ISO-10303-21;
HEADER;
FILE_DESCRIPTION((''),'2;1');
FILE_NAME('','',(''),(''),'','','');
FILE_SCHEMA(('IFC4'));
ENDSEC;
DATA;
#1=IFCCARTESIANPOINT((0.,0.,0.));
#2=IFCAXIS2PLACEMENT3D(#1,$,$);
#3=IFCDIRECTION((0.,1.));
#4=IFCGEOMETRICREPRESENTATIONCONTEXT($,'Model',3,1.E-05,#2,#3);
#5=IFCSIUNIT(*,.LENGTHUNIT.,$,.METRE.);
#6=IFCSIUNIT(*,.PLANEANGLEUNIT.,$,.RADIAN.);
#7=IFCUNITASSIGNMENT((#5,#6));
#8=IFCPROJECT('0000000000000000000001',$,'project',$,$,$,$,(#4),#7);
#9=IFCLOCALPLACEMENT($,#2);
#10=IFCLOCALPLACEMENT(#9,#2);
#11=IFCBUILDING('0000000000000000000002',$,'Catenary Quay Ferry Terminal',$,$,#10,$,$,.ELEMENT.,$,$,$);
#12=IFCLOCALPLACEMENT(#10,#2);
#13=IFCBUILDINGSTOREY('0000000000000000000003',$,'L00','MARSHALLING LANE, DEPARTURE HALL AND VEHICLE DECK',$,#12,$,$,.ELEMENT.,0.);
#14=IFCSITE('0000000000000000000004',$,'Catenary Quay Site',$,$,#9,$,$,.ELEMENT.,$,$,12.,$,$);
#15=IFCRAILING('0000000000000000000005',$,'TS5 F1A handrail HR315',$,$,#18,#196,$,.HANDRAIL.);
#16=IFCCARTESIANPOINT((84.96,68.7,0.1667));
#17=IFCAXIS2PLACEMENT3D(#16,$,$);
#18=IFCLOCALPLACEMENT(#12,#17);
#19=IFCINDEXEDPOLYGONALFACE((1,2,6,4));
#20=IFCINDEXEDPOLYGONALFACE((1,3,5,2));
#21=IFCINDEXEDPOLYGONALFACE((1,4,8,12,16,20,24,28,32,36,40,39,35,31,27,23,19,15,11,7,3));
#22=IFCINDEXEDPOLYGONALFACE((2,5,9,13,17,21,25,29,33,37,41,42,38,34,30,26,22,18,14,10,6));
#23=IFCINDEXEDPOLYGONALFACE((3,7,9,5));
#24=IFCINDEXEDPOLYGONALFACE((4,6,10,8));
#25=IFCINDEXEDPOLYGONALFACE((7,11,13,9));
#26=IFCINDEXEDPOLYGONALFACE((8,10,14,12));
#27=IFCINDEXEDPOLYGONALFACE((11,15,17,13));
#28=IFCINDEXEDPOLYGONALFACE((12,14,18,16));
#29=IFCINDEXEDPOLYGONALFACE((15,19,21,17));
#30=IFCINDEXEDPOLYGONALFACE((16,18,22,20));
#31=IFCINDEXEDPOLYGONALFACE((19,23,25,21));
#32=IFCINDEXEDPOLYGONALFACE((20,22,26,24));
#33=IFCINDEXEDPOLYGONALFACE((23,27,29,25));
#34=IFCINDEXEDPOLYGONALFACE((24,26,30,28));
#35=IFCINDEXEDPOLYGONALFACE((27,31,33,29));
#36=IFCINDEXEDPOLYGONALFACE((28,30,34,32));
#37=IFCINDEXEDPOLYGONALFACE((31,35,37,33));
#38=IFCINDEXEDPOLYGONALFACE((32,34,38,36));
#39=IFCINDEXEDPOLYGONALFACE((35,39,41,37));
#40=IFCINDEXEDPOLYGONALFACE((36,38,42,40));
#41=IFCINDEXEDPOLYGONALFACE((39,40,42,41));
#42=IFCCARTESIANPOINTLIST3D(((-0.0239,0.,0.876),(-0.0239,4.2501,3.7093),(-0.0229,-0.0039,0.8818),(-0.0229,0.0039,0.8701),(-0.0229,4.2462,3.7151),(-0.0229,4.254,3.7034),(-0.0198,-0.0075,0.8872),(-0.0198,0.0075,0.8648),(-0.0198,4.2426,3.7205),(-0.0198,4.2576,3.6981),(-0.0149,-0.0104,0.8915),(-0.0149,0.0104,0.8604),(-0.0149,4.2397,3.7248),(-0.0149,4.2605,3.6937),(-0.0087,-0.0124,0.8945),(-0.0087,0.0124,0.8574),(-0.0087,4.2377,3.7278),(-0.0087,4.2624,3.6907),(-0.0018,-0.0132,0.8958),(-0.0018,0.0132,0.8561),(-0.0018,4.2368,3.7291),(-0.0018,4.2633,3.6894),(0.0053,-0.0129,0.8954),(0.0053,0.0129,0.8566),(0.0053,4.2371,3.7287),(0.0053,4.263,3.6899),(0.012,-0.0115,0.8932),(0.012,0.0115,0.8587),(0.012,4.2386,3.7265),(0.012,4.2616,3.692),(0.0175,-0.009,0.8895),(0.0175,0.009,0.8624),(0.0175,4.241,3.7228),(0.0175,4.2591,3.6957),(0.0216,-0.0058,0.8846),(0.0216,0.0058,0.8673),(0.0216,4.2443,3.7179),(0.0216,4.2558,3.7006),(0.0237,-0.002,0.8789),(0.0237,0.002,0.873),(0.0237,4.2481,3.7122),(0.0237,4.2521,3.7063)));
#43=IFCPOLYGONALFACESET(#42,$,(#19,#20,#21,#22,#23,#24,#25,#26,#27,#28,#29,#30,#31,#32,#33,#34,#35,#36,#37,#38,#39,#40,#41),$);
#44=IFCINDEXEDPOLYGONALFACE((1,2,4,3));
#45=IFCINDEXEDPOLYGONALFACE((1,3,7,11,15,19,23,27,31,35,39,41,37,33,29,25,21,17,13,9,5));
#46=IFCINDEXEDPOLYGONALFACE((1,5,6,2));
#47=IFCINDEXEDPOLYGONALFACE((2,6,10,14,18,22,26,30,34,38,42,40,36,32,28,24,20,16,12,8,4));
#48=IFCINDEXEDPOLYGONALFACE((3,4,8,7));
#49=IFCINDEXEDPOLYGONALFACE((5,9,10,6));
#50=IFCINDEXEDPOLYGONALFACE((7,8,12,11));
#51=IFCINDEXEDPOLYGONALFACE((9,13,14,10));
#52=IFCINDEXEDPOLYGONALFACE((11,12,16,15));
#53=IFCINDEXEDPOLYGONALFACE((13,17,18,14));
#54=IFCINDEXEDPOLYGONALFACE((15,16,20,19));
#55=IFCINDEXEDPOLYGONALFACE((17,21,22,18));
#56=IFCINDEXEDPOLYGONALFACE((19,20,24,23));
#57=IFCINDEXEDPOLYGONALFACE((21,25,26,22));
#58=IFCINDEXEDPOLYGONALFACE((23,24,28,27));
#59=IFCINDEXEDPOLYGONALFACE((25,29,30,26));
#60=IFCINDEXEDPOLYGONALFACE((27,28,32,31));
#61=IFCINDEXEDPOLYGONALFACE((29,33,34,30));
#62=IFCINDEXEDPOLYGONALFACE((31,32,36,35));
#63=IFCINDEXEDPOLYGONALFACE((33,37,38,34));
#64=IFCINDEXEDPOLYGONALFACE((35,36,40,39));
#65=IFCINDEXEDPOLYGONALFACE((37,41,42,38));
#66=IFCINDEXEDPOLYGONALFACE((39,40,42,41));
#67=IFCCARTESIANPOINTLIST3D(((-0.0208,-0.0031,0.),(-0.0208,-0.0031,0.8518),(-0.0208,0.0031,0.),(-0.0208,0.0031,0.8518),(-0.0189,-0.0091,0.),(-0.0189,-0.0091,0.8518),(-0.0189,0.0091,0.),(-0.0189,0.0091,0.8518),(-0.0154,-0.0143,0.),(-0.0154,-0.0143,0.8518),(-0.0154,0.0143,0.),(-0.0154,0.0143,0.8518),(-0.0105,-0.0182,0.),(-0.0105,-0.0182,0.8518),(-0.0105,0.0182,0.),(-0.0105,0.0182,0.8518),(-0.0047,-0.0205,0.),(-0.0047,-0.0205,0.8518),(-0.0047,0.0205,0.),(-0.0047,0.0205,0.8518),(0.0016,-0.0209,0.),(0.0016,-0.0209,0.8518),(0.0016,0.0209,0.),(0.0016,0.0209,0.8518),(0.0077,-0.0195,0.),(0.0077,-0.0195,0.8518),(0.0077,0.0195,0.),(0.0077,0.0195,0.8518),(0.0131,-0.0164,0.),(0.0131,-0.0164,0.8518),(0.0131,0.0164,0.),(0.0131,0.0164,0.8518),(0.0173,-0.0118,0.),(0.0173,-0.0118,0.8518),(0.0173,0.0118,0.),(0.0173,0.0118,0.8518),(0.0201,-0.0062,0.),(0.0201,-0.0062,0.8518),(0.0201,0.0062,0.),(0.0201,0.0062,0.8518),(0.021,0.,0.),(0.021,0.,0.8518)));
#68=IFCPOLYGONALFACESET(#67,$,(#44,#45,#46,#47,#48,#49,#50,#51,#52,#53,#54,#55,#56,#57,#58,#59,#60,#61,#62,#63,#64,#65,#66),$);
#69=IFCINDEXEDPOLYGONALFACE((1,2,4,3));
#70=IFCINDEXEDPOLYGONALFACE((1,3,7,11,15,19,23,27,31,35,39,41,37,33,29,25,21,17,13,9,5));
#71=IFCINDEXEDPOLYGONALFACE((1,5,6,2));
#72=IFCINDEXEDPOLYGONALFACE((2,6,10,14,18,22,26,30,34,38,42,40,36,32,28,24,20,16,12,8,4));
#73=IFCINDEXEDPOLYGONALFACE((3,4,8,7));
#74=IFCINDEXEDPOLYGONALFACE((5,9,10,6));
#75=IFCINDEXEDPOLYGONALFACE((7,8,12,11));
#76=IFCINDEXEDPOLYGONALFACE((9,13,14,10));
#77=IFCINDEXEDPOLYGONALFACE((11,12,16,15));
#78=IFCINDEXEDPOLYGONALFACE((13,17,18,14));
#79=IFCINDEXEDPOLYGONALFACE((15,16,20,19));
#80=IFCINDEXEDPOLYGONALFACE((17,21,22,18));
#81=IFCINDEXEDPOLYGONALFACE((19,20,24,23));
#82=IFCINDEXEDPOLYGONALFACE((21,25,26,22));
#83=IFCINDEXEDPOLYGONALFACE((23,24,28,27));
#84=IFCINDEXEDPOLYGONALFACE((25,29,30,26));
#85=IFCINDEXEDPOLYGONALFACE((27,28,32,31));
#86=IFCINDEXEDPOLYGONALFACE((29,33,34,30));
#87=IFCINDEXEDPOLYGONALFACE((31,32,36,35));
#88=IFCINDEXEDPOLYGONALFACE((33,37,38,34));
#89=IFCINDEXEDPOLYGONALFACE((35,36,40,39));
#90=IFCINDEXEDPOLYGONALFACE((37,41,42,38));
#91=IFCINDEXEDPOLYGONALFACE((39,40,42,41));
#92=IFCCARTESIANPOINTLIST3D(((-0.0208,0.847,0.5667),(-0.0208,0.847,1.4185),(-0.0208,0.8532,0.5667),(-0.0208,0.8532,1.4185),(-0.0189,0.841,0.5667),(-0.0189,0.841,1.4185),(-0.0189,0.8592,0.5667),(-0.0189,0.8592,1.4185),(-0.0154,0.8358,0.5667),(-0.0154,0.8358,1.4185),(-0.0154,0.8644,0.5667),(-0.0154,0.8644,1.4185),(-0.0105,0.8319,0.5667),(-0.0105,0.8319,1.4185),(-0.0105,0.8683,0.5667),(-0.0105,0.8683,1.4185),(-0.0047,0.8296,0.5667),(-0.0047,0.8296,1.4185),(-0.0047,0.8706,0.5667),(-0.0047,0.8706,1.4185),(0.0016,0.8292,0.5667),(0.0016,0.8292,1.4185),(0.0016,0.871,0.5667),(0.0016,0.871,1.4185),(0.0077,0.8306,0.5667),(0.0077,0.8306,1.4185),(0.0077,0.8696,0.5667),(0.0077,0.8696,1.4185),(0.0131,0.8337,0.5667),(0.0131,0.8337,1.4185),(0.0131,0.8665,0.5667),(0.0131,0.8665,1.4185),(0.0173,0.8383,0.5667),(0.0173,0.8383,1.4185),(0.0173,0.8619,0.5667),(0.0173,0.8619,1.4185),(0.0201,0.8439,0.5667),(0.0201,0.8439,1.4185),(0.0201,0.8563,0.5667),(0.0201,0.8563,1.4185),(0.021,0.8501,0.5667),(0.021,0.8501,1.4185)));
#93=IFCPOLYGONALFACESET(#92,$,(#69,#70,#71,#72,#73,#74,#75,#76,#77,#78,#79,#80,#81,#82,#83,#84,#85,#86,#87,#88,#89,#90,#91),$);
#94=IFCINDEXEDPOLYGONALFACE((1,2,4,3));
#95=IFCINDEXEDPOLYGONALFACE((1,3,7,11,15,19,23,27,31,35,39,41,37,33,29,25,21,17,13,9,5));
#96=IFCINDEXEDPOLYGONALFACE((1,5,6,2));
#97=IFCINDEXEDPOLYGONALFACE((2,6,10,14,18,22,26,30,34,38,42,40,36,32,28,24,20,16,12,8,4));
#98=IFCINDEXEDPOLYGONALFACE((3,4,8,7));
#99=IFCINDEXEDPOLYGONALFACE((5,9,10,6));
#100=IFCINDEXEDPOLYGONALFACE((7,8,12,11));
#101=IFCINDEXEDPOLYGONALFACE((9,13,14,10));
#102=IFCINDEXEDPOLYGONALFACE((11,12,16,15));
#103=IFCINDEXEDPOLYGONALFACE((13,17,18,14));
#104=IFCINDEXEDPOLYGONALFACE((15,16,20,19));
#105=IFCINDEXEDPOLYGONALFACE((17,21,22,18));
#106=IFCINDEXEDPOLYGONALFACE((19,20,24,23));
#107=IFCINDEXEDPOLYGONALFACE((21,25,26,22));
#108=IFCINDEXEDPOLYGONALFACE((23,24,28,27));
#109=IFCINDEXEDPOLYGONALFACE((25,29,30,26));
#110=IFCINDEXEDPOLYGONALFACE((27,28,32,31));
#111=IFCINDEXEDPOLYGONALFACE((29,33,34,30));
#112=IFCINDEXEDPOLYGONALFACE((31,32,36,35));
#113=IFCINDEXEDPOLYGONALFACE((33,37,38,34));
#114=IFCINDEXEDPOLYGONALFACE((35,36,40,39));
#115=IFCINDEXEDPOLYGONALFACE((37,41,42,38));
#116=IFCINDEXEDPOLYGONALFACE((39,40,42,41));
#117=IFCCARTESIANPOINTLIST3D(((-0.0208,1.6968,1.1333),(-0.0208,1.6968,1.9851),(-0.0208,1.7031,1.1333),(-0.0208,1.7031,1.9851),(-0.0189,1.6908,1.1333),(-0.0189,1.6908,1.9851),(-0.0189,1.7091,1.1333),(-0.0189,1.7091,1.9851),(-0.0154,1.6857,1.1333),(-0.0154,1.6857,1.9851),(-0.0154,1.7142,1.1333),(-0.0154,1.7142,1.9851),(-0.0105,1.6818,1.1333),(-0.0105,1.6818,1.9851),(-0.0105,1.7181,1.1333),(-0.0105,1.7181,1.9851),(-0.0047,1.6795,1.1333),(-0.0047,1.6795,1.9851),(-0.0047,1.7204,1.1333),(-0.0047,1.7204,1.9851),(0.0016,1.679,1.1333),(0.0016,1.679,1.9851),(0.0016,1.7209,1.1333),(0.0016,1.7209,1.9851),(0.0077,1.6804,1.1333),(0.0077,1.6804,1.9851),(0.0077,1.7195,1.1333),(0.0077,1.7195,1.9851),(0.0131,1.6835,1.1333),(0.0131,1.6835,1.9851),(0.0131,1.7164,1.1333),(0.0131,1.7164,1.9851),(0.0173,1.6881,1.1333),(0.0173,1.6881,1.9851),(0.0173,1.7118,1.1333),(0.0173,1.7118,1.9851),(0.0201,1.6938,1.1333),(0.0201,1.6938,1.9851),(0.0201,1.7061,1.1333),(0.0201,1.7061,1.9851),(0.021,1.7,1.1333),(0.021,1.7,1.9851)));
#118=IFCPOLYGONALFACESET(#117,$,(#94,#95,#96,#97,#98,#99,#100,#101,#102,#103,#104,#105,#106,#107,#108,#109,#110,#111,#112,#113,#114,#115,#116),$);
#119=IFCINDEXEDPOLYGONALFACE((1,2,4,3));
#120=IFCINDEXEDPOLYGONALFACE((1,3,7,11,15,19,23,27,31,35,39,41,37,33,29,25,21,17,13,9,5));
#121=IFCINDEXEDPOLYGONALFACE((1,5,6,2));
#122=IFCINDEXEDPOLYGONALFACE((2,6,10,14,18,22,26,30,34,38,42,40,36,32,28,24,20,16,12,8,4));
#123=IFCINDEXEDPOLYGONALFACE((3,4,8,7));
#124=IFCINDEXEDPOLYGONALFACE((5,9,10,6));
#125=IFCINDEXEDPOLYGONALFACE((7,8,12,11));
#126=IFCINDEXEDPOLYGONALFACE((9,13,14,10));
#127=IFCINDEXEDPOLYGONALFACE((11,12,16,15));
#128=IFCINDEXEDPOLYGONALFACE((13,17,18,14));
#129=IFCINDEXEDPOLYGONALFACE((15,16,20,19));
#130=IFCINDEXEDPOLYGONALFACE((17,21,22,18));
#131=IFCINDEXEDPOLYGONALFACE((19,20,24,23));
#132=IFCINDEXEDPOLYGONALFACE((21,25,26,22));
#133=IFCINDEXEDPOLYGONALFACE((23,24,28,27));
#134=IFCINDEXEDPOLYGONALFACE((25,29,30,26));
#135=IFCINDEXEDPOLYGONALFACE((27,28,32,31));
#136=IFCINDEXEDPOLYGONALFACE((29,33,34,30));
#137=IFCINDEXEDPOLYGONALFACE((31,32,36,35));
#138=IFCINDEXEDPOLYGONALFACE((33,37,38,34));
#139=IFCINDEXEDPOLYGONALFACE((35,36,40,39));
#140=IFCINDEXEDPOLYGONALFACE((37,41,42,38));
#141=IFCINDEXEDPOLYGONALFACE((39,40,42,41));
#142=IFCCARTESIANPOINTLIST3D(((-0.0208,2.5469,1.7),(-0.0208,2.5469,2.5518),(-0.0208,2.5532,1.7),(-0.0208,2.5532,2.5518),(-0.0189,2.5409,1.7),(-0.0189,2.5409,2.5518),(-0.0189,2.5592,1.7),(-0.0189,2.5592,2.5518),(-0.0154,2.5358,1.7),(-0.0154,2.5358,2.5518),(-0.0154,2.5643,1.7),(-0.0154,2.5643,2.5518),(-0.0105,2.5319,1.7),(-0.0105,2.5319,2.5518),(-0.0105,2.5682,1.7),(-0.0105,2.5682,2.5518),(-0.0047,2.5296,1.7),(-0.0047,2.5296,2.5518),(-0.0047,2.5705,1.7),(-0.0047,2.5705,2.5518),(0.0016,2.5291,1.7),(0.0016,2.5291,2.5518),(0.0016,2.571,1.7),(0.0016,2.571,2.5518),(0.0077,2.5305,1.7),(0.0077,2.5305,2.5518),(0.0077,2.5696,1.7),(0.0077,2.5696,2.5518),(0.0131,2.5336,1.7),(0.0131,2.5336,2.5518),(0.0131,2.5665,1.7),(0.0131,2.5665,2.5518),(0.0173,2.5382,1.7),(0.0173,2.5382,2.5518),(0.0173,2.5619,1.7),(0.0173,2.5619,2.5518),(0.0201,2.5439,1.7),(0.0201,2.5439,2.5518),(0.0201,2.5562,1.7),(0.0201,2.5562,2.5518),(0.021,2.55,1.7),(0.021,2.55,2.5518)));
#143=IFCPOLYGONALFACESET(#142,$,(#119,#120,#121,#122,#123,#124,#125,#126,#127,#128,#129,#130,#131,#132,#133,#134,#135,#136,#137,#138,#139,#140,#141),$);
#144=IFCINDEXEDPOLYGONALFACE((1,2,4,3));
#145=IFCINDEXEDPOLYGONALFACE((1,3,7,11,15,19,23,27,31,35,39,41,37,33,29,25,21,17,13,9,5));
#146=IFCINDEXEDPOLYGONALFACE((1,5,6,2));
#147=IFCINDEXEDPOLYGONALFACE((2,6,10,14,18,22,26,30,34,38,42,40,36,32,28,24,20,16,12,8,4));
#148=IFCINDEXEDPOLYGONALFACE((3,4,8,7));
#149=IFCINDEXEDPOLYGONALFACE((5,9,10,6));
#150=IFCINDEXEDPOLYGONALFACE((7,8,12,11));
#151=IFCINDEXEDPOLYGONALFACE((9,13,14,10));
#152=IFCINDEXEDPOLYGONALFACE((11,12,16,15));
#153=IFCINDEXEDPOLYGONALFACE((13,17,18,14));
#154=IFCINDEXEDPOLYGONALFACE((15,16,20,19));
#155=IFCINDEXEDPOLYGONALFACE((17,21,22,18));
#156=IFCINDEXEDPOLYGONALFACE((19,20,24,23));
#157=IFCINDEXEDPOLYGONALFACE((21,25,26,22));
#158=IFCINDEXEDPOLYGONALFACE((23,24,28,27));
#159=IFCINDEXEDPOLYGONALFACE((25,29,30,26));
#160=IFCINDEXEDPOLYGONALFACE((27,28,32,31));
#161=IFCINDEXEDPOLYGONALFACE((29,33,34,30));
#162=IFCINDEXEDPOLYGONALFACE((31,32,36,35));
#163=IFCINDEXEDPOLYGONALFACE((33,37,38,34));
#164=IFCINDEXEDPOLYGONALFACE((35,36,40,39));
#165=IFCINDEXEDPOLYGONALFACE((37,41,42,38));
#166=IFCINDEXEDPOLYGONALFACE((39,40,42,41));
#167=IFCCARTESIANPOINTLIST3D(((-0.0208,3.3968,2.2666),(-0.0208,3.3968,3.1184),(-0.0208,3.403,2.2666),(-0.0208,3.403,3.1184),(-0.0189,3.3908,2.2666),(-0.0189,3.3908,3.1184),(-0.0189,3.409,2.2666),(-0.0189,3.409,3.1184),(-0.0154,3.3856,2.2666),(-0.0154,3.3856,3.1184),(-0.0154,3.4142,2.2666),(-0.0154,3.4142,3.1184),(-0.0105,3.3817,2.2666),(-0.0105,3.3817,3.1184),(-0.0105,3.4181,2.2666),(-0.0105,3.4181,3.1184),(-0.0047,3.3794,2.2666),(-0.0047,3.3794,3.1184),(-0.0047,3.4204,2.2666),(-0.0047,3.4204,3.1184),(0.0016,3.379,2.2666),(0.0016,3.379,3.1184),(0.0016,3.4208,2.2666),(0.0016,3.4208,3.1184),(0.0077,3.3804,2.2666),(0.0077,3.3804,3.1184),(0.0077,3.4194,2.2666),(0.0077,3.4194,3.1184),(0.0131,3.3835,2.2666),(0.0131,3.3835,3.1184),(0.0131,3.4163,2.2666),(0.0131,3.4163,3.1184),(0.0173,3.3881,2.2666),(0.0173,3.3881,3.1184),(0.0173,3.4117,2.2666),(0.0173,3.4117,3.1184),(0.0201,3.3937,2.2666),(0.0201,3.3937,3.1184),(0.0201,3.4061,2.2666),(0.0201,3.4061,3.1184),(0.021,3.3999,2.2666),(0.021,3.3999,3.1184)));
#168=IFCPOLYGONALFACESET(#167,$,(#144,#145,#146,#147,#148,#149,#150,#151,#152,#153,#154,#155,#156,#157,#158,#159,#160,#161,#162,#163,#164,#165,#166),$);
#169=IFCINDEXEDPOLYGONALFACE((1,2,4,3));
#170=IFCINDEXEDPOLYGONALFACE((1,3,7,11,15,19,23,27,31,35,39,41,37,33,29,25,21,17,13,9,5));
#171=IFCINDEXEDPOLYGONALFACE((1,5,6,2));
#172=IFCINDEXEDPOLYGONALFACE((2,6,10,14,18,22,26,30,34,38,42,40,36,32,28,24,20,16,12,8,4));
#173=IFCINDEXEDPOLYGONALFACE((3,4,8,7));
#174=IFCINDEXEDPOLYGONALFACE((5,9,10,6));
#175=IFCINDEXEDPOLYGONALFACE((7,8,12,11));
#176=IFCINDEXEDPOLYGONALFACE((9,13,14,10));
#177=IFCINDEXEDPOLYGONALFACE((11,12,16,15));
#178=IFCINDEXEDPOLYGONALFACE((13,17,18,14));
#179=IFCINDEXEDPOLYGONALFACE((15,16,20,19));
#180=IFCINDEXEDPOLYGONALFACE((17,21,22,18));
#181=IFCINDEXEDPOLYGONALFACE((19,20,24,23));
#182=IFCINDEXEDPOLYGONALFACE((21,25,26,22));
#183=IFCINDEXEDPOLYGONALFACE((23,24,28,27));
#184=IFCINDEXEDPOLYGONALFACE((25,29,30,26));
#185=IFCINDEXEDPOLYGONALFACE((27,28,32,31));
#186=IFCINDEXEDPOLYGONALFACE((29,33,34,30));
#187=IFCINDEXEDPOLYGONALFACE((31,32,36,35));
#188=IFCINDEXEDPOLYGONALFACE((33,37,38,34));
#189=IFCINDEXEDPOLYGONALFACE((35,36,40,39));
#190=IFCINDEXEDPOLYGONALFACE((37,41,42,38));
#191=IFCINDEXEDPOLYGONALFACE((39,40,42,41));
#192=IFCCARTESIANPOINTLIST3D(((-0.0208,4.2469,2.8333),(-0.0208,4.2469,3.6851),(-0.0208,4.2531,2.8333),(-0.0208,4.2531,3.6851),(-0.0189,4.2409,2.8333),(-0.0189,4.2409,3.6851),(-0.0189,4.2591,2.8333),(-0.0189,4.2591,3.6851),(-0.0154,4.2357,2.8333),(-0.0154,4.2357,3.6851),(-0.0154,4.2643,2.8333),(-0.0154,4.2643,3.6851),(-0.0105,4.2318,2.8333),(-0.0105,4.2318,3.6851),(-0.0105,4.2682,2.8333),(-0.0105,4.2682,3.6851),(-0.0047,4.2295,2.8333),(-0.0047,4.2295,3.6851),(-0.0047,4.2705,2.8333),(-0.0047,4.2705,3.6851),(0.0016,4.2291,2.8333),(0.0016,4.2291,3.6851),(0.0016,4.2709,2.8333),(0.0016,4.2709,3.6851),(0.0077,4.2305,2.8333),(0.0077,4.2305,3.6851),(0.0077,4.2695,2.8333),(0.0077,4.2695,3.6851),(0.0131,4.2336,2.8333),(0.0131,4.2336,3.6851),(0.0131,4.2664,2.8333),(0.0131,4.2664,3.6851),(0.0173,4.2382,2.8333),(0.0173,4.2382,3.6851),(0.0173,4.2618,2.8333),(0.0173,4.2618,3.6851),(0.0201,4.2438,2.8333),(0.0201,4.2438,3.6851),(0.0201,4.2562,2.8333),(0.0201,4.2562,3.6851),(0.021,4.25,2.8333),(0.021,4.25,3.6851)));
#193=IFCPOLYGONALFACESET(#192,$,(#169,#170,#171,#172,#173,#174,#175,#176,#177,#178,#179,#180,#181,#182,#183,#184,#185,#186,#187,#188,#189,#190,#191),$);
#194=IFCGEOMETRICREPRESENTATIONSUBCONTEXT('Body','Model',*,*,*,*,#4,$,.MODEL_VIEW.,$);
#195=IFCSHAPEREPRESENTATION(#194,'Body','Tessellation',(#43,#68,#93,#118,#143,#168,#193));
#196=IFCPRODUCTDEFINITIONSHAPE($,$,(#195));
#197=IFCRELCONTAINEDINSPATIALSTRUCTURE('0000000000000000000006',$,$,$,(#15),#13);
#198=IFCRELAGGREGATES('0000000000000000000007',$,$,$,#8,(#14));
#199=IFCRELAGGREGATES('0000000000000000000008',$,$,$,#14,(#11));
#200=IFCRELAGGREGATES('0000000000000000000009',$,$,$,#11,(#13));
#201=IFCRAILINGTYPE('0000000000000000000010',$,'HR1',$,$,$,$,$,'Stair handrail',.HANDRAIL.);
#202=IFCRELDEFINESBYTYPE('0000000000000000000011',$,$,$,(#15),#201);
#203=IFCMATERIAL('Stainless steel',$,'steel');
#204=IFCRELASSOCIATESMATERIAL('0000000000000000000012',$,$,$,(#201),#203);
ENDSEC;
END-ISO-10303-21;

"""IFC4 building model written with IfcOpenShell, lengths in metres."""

from ifc_helpers import new_model, si_unit, direction, frame, origin, origin_2d, place, context, subcontext, project, spatial, circle, extrude, material, type_object, element, save


model = new_model("IFC4")

# Units and contexts
model_context = context("Model", 3, precision=1e-05, world=origin(), true_north=direction((0.0, 1.0)))
body_context = subcontext(model_context, "Body", "Model", "MODEL_VIEW")
ifc_project = project(units=[si_unit("LENGTHUNIT", "METRE"), si_unit("PLANEANGLEUNIT", "RADIAN")], contexts=[model_context])

# Site, building, storey
site_placement = place(None, origin())
site = spatial("IfcSite", under=ifc_project, at=site_placement, Name="Catenary Quay Site", CompositionType="ELEMENT", RefElevation=12.0)
building_placement = place(site_placement, origin())
building = spatial("IfcBuilding", under=site, at=building_placement, Name="Catenary Quay Ferry Terminal", CompositionType="ELEMENT")
storey_placement = place(building_placement, origin())
storey = spatial("IfcBuildingStorey", under=building, at=storey_placement, Name="L00", Description="MARSHALLING LANE, DEPARTURE HALL AND VEHICLE DECK", CompositionType="ELEMENT", Elevation=0.0)

# Railing
ifc_material_1 = material(Name="Stainless steel", Category="steel")
railing_type = type_object("IfcRailingType", Name="HR1", ElementType="Stair handrail", PredefinedType="HANDRAIL", material=ifc_material_1)
railing_placement = place(storey_placement, frame((84.96, 68.7, 0.1667)))
element("IfcRailing", 1, at=railing_placement, inside=storey, type_object=railing_type, Name="TS5 F1A handrail HR315", PredefinedType="HANDRAIL", context=body_context, shape_type="SweptSolid", body=[
    extrude(circle(Radius=0.0239, at=origin_2d()), frame((0.0, 0.0, 0.876), z_axis=(0.0, 0.832058, 0.554689), x_axis=(-1.0, 0.0, 0.0)), (0.0, 0.0, 1.0), 5.1079),
    extrude(circle(Radius=0.021, at=origin_2d()), origin(), (0.0, 0.0, 1.0), 0.8518),
    extrude(circle(Radius=0.021, at=origin_2d()), frame((0.0, 0.8501, 0.5667)), (0.0, 0.0, 1.0), 0.8518),
    extrude(circle(Radius=0.021, at=origin_2d()), frame((0.0, 1.7, 1.1333)), (0.0, 0.0, 1.0), 0.8518),
    extrude(circle(Radius=0.021, at=origin_2d()), frame((0.0, 2.55, 1.7)), (0.0, 0.0, 1.0), 0.8518),
    extrude(circle(Radius=0.021, at=origin_2d()), frame((0.0, 3.3999, 2.2666)), (0.0, 0.0, 1.0), 0.8518),
    extrude(circle(Radius=0.021, at=origin_2d()), frame((0.0, 4.25, 2.8333)), (0.0, 0.0, 1.0), 0.8518),
])

save(model, "model.ifc")
